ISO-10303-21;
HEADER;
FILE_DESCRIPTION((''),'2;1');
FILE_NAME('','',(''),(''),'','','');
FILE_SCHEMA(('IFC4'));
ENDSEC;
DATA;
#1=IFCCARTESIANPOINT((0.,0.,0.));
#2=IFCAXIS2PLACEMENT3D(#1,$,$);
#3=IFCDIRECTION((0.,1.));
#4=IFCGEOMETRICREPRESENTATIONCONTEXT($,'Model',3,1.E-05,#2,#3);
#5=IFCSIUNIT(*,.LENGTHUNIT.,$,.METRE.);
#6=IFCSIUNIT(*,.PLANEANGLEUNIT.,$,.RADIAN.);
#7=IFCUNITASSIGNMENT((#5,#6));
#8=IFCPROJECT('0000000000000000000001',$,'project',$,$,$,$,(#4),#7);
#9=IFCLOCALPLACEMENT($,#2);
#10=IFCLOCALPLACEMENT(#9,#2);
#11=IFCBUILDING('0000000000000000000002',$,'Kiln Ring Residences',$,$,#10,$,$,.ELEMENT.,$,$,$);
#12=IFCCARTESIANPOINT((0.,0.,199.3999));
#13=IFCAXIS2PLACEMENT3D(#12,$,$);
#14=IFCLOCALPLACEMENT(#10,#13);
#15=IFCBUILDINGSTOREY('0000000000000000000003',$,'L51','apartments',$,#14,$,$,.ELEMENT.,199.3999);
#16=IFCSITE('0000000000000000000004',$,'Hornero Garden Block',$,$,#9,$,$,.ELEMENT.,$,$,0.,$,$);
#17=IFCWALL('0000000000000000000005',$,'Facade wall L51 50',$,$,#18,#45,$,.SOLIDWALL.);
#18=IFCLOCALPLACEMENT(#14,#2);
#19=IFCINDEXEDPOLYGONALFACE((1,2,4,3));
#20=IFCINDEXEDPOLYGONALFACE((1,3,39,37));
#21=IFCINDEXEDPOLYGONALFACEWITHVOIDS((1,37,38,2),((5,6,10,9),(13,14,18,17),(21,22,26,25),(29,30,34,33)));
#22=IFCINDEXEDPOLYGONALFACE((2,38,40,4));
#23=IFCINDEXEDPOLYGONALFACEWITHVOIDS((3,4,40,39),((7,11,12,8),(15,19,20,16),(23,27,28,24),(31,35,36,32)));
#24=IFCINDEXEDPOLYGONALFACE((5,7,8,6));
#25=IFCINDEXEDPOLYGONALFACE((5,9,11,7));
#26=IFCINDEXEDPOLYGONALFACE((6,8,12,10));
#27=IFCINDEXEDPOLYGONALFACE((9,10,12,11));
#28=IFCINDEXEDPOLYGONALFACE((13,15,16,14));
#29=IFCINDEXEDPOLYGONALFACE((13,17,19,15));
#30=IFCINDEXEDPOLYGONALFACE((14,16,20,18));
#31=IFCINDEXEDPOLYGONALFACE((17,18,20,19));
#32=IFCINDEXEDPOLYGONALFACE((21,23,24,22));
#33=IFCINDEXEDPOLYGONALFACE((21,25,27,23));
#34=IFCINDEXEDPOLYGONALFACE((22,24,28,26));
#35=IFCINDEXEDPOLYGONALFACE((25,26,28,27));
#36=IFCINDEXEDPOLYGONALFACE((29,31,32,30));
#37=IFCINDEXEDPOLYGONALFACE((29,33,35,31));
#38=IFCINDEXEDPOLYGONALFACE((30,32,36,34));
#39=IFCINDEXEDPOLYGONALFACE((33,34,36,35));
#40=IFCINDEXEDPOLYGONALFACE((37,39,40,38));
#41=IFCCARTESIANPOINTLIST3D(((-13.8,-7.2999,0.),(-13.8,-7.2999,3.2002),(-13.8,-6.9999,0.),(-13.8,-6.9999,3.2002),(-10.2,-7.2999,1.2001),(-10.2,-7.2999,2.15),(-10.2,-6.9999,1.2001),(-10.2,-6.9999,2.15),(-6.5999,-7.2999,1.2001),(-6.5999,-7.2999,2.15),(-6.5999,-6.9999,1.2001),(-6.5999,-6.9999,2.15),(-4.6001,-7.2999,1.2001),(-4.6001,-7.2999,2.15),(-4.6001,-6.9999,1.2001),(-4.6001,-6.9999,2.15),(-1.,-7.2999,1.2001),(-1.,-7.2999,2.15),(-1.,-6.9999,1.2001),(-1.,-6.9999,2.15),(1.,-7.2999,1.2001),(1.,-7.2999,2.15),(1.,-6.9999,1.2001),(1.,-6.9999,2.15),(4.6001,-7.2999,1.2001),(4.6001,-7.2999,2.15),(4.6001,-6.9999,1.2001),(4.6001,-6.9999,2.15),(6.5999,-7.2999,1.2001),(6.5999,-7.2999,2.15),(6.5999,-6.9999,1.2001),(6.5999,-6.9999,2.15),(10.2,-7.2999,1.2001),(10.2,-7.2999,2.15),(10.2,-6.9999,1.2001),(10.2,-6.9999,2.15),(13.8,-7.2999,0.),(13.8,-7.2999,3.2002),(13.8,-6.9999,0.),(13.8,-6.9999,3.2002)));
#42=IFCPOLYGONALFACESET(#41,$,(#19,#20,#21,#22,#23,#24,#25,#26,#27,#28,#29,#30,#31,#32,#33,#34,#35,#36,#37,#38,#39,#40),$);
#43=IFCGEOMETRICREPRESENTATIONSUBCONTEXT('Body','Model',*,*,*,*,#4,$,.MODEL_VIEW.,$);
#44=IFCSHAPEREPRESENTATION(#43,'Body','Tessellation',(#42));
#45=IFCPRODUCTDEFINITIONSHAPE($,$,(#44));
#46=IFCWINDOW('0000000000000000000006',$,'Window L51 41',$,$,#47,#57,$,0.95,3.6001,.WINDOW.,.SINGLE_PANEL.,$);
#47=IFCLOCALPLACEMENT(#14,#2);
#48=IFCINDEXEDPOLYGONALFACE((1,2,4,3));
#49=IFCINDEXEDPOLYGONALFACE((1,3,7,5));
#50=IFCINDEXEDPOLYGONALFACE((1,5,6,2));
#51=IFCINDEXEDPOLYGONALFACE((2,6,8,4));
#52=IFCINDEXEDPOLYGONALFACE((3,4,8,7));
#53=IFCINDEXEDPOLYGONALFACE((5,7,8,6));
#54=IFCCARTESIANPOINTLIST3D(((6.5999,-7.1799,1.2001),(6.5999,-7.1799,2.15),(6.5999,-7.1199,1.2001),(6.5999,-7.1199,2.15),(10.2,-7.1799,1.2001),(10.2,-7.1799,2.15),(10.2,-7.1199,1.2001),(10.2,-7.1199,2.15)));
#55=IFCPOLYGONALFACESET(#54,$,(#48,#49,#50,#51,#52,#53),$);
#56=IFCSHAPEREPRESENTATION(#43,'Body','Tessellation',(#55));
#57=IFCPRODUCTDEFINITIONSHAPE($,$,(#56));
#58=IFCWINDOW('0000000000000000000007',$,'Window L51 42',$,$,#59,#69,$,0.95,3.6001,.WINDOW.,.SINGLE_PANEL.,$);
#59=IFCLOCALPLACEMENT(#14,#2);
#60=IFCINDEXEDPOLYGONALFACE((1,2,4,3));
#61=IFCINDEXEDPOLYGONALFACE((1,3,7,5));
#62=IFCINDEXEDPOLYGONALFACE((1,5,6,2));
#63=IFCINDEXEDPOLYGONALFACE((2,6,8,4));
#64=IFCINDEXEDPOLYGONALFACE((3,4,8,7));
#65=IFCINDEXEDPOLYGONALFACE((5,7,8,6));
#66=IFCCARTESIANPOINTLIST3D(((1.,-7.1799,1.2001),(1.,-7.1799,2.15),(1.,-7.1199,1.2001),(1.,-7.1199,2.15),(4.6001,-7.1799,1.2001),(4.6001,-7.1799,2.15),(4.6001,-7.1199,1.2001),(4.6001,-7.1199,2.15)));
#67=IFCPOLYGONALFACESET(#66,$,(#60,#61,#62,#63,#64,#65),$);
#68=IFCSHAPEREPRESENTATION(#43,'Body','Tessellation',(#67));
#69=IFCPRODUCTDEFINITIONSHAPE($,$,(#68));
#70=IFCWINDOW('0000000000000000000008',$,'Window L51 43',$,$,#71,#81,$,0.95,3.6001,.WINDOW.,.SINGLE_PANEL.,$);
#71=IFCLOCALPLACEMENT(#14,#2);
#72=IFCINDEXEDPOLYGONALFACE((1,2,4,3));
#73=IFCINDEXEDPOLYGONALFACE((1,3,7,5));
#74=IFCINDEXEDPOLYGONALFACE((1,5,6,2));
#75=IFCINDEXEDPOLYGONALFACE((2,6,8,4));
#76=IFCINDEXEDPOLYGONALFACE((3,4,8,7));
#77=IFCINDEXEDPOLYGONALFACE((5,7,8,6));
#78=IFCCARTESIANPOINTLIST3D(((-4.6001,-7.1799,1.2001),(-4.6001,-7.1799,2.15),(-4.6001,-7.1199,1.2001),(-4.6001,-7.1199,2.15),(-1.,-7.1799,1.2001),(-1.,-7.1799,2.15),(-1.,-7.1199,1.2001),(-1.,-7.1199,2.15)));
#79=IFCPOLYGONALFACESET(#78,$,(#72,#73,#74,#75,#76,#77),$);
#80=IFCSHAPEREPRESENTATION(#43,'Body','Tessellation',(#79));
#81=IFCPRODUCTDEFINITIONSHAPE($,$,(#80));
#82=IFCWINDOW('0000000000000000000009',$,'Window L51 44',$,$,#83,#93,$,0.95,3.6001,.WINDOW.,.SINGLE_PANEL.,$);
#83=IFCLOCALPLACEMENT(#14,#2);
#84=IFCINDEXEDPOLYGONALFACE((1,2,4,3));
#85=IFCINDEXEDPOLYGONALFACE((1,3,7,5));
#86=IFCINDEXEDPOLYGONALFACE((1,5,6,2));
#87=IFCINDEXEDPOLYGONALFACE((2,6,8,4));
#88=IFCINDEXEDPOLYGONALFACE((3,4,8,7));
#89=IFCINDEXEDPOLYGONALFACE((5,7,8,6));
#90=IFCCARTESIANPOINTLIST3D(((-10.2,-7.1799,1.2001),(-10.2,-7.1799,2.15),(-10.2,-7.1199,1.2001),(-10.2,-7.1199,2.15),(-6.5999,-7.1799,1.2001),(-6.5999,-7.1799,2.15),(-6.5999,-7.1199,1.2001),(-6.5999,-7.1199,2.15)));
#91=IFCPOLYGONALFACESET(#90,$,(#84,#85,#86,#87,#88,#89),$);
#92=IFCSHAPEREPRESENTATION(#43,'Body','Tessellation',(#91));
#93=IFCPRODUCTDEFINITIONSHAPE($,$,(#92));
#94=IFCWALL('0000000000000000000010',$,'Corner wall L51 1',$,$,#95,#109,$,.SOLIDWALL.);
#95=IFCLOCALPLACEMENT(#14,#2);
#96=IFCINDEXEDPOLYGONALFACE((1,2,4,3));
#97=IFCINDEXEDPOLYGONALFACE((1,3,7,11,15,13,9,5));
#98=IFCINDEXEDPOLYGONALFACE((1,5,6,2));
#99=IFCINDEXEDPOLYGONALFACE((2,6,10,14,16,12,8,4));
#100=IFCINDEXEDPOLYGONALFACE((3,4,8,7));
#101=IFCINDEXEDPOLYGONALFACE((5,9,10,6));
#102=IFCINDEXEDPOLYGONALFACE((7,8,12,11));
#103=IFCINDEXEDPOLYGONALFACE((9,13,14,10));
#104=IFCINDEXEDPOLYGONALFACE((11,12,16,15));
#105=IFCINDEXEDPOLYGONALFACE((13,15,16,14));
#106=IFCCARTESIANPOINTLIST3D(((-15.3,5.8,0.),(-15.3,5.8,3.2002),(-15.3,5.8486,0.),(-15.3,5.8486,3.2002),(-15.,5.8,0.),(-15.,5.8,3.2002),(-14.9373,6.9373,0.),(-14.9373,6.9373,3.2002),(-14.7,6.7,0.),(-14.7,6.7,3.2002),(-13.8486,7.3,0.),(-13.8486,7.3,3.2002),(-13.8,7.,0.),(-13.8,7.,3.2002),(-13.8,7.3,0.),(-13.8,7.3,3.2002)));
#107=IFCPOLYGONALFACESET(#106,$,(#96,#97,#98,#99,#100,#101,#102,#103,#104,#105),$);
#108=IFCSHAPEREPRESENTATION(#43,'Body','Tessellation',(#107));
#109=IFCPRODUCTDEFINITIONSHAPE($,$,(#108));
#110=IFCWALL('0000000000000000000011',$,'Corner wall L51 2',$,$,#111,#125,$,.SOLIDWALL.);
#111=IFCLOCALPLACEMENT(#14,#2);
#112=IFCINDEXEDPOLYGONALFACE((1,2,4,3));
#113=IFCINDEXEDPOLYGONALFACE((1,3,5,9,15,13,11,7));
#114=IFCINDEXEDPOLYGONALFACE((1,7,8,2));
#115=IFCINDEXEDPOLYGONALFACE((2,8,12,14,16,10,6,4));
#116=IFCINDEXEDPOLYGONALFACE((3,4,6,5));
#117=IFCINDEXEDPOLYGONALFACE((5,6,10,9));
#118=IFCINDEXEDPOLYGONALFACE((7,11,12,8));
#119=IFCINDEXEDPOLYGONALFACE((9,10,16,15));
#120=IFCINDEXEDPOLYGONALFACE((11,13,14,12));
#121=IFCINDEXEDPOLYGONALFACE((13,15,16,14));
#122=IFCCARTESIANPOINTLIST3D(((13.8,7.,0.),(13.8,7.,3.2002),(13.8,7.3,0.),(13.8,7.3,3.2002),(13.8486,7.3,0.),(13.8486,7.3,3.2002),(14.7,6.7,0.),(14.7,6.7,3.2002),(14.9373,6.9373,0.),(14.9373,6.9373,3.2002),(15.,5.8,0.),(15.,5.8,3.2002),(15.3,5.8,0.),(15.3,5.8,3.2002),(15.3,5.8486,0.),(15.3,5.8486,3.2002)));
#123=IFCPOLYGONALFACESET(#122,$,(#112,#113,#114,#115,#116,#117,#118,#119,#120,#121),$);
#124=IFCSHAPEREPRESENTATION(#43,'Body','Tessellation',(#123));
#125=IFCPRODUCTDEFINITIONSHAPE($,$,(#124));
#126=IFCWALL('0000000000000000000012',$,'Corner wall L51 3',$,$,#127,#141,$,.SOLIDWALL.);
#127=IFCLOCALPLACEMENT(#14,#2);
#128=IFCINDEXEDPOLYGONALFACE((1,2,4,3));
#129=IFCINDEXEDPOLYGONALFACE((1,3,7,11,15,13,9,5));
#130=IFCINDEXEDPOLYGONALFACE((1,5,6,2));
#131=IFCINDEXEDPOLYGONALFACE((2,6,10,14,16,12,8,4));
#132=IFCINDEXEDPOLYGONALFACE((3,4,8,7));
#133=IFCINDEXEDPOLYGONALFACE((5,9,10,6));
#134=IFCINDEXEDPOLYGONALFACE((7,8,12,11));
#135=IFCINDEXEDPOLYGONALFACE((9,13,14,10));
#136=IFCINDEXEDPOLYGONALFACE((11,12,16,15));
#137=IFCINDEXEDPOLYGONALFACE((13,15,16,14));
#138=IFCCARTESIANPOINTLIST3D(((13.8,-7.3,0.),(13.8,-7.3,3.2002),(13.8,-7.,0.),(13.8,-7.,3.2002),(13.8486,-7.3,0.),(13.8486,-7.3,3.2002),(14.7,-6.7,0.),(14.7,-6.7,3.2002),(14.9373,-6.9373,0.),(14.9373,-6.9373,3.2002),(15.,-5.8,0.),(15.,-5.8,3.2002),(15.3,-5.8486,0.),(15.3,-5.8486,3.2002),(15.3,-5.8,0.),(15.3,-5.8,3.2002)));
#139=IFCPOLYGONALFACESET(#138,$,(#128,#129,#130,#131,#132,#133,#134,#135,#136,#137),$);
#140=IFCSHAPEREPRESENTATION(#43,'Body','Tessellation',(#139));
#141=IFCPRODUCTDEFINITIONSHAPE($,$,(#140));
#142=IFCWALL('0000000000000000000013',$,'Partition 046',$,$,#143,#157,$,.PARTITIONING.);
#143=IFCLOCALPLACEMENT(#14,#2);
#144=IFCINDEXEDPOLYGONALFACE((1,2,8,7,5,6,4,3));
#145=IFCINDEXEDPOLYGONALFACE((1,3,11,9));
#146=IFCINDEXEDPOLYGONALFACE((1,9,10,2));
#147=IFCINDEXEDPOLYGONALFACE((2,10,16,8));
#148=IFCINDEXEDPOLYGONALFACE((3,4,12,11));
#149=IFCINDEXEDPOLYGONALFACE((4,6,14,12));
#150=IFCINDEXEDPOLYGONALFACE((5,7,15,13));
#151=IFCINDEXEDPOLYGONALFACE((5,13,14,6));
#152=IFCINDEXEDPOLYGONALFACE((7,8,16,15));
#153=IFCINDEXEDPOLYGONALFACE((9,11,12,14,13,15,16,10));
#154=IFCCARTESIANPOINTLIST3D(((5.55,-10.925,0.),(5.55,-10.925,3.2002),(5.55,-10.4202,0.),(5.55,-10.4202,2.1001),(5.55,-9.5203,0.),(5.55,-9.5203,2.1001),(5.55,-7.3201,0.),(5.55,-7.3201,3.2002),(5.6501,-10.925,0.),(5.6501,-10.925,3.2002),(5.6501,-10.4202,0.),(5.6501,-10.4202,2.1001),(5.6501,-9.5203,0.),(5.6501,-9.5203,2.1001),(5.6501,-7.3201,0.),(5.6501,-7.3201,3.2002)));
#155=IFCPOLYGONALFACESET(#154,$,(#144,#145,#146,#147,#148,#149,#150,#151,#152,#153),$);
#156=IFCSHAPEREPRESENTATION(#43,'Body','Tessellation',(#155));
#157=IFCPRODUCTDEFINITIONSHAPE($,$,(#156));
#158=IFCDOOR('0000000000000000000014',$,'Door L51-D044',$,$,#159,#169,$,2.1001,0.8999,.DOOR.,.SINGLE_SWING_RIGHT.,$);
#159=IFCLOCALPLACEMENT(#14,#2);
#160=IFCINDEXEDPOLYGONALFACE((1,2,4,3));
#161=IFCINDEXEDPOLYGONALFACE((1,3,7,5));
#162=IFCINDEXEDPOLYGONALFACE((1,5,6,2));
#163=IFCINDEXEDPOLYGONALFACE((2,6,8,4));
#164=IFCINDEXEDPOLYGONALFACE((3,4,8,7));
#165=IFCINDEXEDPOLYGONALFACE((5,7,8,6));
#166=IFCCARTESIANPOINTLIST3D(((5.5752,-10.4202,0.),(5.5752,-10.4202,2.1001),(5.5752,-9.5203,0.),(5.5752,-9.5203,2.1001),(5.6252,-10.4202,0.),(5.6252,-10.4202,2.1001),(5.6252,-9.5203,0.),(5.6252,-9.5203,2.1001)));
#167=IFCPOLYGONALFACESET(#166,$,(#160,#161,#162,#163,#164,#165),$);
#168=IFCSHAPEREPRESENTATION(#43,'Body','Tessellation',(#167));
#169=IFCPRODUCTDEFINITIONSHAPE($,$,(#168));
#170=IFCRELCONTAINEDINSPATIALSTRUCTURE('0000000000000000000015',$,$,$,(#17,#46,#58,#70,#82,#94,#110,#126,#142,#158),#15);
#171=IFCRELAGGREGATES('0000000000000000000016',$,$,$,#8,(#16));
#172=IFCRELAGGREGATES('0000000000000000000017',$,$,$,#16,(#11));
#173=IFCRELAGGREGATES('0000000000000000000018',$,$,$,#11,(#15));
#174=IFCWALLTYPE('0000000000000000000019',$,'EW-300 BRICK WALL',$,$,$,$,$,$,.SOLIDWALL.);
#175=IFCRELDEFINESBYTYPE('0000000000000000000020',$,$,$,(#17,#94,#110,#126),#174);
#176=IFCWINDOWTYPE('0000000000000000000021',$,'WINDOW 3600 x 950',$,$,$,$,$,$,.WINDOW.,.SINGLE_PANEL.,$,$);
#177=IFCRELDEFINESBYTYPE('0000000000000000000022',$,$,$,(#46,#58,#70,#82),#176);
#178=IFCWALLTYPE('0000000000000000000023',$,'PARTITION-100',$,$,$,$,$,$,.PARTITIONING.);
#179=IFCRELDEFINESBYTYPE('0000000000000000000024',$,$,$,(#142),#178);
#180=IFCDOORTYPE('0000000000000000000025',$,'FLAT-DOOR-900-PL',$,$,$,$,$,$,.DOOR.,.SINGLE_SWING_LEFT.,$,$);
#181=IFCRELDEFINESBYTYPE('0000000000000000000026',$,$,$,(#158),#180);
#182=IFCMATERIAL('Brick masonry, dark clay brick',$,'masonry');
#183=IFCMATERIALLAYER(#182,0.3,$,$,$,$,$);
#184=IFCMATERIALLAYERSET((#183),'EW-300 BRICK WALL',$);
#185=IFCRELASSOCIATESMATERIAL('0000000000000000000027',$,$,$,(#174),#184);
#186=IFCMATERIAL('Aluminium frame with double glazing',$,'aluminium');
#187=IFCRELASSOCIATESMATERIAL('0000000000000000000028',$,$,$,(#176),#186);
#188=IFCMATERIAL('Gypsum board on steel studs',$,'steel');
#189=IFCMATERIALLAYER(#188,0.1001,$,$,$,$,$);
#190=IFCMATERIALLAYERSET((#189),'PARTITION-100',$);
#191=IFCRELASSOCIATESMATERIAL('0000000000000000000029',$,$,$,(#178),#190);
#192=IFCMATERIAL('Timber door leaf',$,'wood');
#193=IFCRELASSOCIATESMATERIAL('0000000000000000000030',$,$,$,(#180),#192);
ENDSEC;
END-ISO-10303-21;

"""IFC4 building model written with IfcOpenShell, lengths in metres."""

from ifc_helpers import new_model, si_unit, direction, frame, frame_2d, origin, place, context, subcontext, project, spatial, polyline, rectangle, outline, extrude, material, layer, layer_set, type_object, element, fill, save


model = new_model("IFC4")

# Units and contexts
model_context = context("Model", 3, precision=1e-05, world=origin(), true_north=direction((0.0, 1.0)))
body_context = subcontext(model_context, "Body", "Model", "MODEL_VIEW")
ifc_project = project(units=[si_unit("LENGTHUNIT", "METRE"), si_unit("PLANEANGLEUNIT", "RADIAN")], contexts=[model_context])

# Site, building, storey
site_placement = place(None, origin())
site = spatial("IfcSite", under=ifc_project, at=site_placement, Name="Hornero Garden Block", CompositionType="ELEMENT", RefElevation=0.0)
building_placement = place(site_placement, origin())
building = spatial("IfcBuilding", under=site, at=building_placement, Name="Kiln Ring Residences", CompositionType="ELEMENT")
storey_placement = place(building_placement, frame((0.0, 0.0, 199.3999)))
storey = spatial("IfcBuildingStorey", under=building, at=storey_placement, Name="L51", Description="apartments", CompositionType="ELEMENT", Elevation=199.3999)

# Shared definitions
placement_1 = place(storey_placement, origin())

# Wall, openings, windows
ifc_material_1 = material(Name="Brick masonry, dark clay brick", Category="masonry")
ifc_layer_1 = layer(ifc_material_1, 0.3)
ifc_layer_set_1 = layer_set([ifc_layer_1], Name="EW-300 BRICK WALL")
wall_type_1 = type_object("IfcWallType", Name="EW-300 BRICK WALL", PredefinedType="SOLIDWALL", material=ifc_layer_set_1)
wall_1_placement = place(storey_placement, frame((13.8, -7.1499, 0.0), z_axis=(0.0, 0.0, 1.0), x_axis=(-1.0, 0.0, 0.0)))
wall_1 = element("IfcWall", 1, at=wall_1_placement, inside=storey, type_object=wall_type_1, Name="Facade wall L51 50", PredefinedType="SOLIDWALL", context=body_context, shape_type="SweptSolid", body=[
    extrude(rectangle(XDim=27.6001, YDim=0.3, at=frame_2d((13.8, 0.0))), origin(), (0.0, 0.0, 1.0), 3.2002),
])
opening_1_placement = place(wall_1_placement, frame((3.6001, 0.0, 1.2)))
opening_1 = element("IfcOpeningElement", 2, at=opening_1_placement, cuts=wall_1, PredefinedType="OPENING", context=body_context, shape_type="SweptSolid", body=[
    extrude(rectangle(XDim=3.6001, YDim=0.95, at=frame_2d((1.8, 0.4751))), frame((0.0, 0.1599, 0.0), z_axis=(0.0, -1.0, 0.0), x_axis=(1.0, 0.0, 0.0)), (0.0, 0.0, 1.0), 0.3201),
])
opening_2_placement = place(wall_1_placement, frame((9.2, 0.0, 1.2)))
opening_2 = element("IfcOpeningElement", 3, at=opening_2_placement, cuts=wall_1, PredefinedType="OPENING", context=body_context, shape_type="SweptSolid", body=[
    extrude(rectangle(XDim=3.6001, YDim=0.95, at=frame_2d((1.8, 0.4751))), frame((0.0, 0.1599, 0.0), z_axis=(0.0, -1.0, 0.0), x_axis=(1.0, 0.0, 0.0)), (0.0, 0.0, 1.0), 0.3201),
])
opening_3_placement = place(wall_1_placement, frame((14.8, 0.0, 1.2)))
opening_3 = element("IfcOpeningElement", 4, at=opening_3_placement, cuts=wall_1, PredefinedType="OPENING", context=body_context, shape_type="SweptSolid", body=[
    extrude(rectangle(XDim=3.6001, YDim=0.95, at=frame_2d((1.8, 0.4751))), frame((0.0, 0.1599, 0.0), z_axis=(0.0, -1.0, 0.0), x_axis=(1.0, 0.0, 0.0)), (0.0, 0.0, 1.0), 0.3201),
])
opening_4_placement = place(wall_1_placement, frame((20.3999, 0.0, 1.2)))
opening_4 = element("IfcOpeningElement", 5, at=opening_4_placement, cuts=wall_1, PredefinedType="OPENING", context=body_context, shape_type="SweptSolid", body=[
    extrude(rectangle(XDim=3.6001, YDim=0.95, at=frame_2d((1.8, 0.4751))), frame((0.0, 0.1599, 0.0), z_axis=(0.0, -1.0, 0.0), x_axis=(1.0, 0.0, 0.0)), (0.0, 0.0, 1.0), 0.3201),
])
ifc_material_2 = material(Name="Aluminium frame with double glazing", Category="aluminium")
window_type = type_object("IfcWindowType", Name="WINDOW 3600 x 950", PartitioningType="SINGLE_PANEL", PredefinedType="WINDOW", material=ifc_material_2)
window_1_placement = place(opening_1_placement, origin())
window_1 = element("IfcWindow", 6, at=window_1_placement, inside=storey, type_object=window_type, Name="Window L51 41", OverallHeight=0.95, OverallWidth=3.6001, PartitioningType="SINGLE_PANEL", PredefinedType="WINDOW", context=body_context, shape_type="SweptSolid", body=[
    extrude(rectangle(XDim=3.6001, YDim=0.95, at=frame_2d((1.8, 0.4751))), frame((0.0, 0.03, 0.0), z_axis=(0.0, -1.0, 0.0), x_axis=(1.0, 0.0, 0.0)), (0.0, 0.0, 1.0), 0.0601),
])
fill(opening_1, window_1)
window_2_placement = place(opening_2_placement, origin())
window_2 = element("IfcWindow", 7, at=window_2_placement, inside=storey, type_object=window_type, Name="Window L51 42", OverallHeight=0.95, OverallWidth=3.6001, PartitioningType="SINGLE_PANEL", PredefinedType="WINDOW", context=body_context, shape_type="SweptSolid", body=[
    extrude(rectangle(XDim=3.6001, YDim=0.95, at=frame_2d((1.8, 0.4751))), frame((0.0, 0.03, 0.0), z_axis=(0.0, -1.0, 0.0), x_axis=(1.0, 0.0, 0.0)), (0.0, 0.0, 1.0), 0.0601),
])
fill(opening_2, window_2)
window_3_placement = place(opening_3_placement, origin())
window_3 = element("IfcWindow", 8, at=window_3_placement, inside=storey, type_object=window_type, Name="Window L51 43", OverallHeight=0.95, OverallWidth=3.6001, PartitioningType="SINGLE_PANEL", PredefinedType="WINDOW", context=body_context, shape_type="SweptSolid", body=[
    extrude(rectangle(XDim=3.6001, YDim=0.95, at=frame_2d((1.8, 0.4751))), frame((0.0, 0.03, 0.0), z_axis=(0.0, -1.0, 0.0), x_axis=(1.0, 0.0, 0.0)), (0.0, 0.0, 1.0), 0.0601),
])
fill(opening_3, window_3)
window_4_placement = place(opening_4_placement, origin())
window_4 = element("IfcWindow", 9, at=window_4_placement, inside=storey, type_object=window_type, Name="Window L51 44", OverallHeight=0.95, OverallWidth=3.6001, PartitioningType="SINGLE_PANEL", PredefinedType="WINDOW", context=body_context, shape_type="SweptSolid", body=[
    extrude(rectangle(XDim=3.6001, YDim=0.95, at=frame_2d((1.8, 0.4751))), frame((0.0, 0.03, 0.0), z_axis=(0.0, -1.0, 0.0), x_axis=(1.0, 0.0, 0.0)), (0.0, 0.0, 1.0), 0.0601),
])
fill(opening_4, window_4)

# Walls
element("IfcWall", 10, at=placement_1, inside=storey, type_object=wall_type_1, Name="Corner wall L51 1", PredefinedType="SOLIDWALL", context=body_context, shape_type="SweptSolid", body=[
    extrude(outline(polyline([(-13.8486, 7.3), (-14.9373, 6.9373), (-15.3, 5.8486), (-15.3, 5.8), (-15.0, 5.8), (-14.7, 6.7), (-13.8, 7.0), (-13.8, 7.3), (-13.8486, 7.3)])), origin(), (0.0, 0.0, 1.0), 3.2002),
])
element("IfcWall", 11, at=placement_1, inside=storey, type_object=wall_type_1, Name="Corner wall L51 2", PredefinedType="SOLIDWALL", context=body_context, shape_type="SweptSolid", body=[
    extrude(outline(polyline([(14.9373, 6.9373), (13.8486, 7.3), (13.8, 7.3), (13.8, 7.0), (14.7, 6.7), (15.0, 5.8), (15.3, 5.8), (15.3, 5.8486), (14.9373, 6.9373)])), origin(), (0.0, 0.0, 1.0), 3.2002),
])
element("IfcWall", 12, at=placement_1, inside=storey, type_object=wall_type_1, Name="Corner wall L51 3", PredefinedType="SOLIDWALL", context=body_context, shape_type="SweptSolid", body=[
    extrude(outline(polyline([(14.9373, -6.9373), (15.3, -5.8486), (15.3, -5.8), (15.0, -5.8), (14.7, -6.7), (13.8, -7.0), (13.8, -7.3), (13.8486, -7.3), (14.9373, -6.9373)])), origin(), (0.0, 0.0, 1.0), 3.2002),
])

# Wall, opening, door
ifc_material_3 = material(Name="Gypsum board on steel studs", Category="steel")
ifc_layer_2 = layer(ifc_material_3, 0.1001)
ifc_layer_set_2 = layer_set([ifc_layer_2], Name="PARTITION-100")
wall_type_2 = type_object("IfcWallType", Name="PARTITION-100", PredefinedType="PARTITIONING", material=ifc_layer_set_2)
wall_2_placement = place(storey_placement, frame((5.6001, -10.925, 0.0), z_axis=(0.0, 0.0, 1.0), x_axis=(0.0, 1.0, 0.0)))
wall_2 = element("IfcWall", 13, at=wall_2_placement, inside=storey, type_object=wall_type_2, Name="Partition 046", PredefinedType="PARTITIONING", context=body_context, shape_type="SweptSolid", body=[
    extrude(rectangle(XDim=3.605, YDim=0.1001, at=frame_2d((1.8025, 0.0))), origin(), (0.0, 0.0, 1.0), 3.2002),
])
opening_5_placement = place(wall_2_placement, frame((0.5049, 0.0, 0.0)))
opening_5 = element("IfcOpeningElement", 14, at=opening_5_placement, cuts=wall_2, PredefinedType="OPENING", context=body_context, shape_type="SweptSolid", body=[
    extrude(rectangle(XDim=0.8999, YDim=2.1001, at=frame_2d((0.45, 1.05))), frame((0.0, 0.0601, 0.0), z_axis=(0.0, -1.0, 0.0), x_axis=(1.0, 0.0, 0.0)), (0.0, 0.0, 1.0), 0.1201),
])
ifc_material_4 = material(Name="Timber door leaf", Category="wood")
door_type_1 = type_object("IfcDoorType", Name="FLAT-DOOR-900-PL", OperationType="SINGLE_SWING_LEFT", PredefinedType="DOOR", material=ifc_material_4)
door_1_placement = place(opening_5_placement, origin())
door_1 = element("IfcDoor", 15, at=door_1_placement, inside=storey, type_object=door_type_1, Name="Door L51-D044", OperationType="SINGLE_SWING_RIGHT", OverallHeight=2.1001, OverallWidth=0.8999, PredefinedType="DOOR", context=body_context, shape_type="SweptSolid", body=[
    extrude(rectangle(XDim=0.8999, YDim=2.1001, at=frame_2d((0.45, 1.05))), frame((0.0, 0.0249, 0.0), z_axis=(0.0, -1.0, 0.0), x_axis=(1.0, 0.0, 0.0)), (0.0, 0.0, 1.0), 0.05),
])
fill(opening_5, door_1)

save(model, "model.ifc")
